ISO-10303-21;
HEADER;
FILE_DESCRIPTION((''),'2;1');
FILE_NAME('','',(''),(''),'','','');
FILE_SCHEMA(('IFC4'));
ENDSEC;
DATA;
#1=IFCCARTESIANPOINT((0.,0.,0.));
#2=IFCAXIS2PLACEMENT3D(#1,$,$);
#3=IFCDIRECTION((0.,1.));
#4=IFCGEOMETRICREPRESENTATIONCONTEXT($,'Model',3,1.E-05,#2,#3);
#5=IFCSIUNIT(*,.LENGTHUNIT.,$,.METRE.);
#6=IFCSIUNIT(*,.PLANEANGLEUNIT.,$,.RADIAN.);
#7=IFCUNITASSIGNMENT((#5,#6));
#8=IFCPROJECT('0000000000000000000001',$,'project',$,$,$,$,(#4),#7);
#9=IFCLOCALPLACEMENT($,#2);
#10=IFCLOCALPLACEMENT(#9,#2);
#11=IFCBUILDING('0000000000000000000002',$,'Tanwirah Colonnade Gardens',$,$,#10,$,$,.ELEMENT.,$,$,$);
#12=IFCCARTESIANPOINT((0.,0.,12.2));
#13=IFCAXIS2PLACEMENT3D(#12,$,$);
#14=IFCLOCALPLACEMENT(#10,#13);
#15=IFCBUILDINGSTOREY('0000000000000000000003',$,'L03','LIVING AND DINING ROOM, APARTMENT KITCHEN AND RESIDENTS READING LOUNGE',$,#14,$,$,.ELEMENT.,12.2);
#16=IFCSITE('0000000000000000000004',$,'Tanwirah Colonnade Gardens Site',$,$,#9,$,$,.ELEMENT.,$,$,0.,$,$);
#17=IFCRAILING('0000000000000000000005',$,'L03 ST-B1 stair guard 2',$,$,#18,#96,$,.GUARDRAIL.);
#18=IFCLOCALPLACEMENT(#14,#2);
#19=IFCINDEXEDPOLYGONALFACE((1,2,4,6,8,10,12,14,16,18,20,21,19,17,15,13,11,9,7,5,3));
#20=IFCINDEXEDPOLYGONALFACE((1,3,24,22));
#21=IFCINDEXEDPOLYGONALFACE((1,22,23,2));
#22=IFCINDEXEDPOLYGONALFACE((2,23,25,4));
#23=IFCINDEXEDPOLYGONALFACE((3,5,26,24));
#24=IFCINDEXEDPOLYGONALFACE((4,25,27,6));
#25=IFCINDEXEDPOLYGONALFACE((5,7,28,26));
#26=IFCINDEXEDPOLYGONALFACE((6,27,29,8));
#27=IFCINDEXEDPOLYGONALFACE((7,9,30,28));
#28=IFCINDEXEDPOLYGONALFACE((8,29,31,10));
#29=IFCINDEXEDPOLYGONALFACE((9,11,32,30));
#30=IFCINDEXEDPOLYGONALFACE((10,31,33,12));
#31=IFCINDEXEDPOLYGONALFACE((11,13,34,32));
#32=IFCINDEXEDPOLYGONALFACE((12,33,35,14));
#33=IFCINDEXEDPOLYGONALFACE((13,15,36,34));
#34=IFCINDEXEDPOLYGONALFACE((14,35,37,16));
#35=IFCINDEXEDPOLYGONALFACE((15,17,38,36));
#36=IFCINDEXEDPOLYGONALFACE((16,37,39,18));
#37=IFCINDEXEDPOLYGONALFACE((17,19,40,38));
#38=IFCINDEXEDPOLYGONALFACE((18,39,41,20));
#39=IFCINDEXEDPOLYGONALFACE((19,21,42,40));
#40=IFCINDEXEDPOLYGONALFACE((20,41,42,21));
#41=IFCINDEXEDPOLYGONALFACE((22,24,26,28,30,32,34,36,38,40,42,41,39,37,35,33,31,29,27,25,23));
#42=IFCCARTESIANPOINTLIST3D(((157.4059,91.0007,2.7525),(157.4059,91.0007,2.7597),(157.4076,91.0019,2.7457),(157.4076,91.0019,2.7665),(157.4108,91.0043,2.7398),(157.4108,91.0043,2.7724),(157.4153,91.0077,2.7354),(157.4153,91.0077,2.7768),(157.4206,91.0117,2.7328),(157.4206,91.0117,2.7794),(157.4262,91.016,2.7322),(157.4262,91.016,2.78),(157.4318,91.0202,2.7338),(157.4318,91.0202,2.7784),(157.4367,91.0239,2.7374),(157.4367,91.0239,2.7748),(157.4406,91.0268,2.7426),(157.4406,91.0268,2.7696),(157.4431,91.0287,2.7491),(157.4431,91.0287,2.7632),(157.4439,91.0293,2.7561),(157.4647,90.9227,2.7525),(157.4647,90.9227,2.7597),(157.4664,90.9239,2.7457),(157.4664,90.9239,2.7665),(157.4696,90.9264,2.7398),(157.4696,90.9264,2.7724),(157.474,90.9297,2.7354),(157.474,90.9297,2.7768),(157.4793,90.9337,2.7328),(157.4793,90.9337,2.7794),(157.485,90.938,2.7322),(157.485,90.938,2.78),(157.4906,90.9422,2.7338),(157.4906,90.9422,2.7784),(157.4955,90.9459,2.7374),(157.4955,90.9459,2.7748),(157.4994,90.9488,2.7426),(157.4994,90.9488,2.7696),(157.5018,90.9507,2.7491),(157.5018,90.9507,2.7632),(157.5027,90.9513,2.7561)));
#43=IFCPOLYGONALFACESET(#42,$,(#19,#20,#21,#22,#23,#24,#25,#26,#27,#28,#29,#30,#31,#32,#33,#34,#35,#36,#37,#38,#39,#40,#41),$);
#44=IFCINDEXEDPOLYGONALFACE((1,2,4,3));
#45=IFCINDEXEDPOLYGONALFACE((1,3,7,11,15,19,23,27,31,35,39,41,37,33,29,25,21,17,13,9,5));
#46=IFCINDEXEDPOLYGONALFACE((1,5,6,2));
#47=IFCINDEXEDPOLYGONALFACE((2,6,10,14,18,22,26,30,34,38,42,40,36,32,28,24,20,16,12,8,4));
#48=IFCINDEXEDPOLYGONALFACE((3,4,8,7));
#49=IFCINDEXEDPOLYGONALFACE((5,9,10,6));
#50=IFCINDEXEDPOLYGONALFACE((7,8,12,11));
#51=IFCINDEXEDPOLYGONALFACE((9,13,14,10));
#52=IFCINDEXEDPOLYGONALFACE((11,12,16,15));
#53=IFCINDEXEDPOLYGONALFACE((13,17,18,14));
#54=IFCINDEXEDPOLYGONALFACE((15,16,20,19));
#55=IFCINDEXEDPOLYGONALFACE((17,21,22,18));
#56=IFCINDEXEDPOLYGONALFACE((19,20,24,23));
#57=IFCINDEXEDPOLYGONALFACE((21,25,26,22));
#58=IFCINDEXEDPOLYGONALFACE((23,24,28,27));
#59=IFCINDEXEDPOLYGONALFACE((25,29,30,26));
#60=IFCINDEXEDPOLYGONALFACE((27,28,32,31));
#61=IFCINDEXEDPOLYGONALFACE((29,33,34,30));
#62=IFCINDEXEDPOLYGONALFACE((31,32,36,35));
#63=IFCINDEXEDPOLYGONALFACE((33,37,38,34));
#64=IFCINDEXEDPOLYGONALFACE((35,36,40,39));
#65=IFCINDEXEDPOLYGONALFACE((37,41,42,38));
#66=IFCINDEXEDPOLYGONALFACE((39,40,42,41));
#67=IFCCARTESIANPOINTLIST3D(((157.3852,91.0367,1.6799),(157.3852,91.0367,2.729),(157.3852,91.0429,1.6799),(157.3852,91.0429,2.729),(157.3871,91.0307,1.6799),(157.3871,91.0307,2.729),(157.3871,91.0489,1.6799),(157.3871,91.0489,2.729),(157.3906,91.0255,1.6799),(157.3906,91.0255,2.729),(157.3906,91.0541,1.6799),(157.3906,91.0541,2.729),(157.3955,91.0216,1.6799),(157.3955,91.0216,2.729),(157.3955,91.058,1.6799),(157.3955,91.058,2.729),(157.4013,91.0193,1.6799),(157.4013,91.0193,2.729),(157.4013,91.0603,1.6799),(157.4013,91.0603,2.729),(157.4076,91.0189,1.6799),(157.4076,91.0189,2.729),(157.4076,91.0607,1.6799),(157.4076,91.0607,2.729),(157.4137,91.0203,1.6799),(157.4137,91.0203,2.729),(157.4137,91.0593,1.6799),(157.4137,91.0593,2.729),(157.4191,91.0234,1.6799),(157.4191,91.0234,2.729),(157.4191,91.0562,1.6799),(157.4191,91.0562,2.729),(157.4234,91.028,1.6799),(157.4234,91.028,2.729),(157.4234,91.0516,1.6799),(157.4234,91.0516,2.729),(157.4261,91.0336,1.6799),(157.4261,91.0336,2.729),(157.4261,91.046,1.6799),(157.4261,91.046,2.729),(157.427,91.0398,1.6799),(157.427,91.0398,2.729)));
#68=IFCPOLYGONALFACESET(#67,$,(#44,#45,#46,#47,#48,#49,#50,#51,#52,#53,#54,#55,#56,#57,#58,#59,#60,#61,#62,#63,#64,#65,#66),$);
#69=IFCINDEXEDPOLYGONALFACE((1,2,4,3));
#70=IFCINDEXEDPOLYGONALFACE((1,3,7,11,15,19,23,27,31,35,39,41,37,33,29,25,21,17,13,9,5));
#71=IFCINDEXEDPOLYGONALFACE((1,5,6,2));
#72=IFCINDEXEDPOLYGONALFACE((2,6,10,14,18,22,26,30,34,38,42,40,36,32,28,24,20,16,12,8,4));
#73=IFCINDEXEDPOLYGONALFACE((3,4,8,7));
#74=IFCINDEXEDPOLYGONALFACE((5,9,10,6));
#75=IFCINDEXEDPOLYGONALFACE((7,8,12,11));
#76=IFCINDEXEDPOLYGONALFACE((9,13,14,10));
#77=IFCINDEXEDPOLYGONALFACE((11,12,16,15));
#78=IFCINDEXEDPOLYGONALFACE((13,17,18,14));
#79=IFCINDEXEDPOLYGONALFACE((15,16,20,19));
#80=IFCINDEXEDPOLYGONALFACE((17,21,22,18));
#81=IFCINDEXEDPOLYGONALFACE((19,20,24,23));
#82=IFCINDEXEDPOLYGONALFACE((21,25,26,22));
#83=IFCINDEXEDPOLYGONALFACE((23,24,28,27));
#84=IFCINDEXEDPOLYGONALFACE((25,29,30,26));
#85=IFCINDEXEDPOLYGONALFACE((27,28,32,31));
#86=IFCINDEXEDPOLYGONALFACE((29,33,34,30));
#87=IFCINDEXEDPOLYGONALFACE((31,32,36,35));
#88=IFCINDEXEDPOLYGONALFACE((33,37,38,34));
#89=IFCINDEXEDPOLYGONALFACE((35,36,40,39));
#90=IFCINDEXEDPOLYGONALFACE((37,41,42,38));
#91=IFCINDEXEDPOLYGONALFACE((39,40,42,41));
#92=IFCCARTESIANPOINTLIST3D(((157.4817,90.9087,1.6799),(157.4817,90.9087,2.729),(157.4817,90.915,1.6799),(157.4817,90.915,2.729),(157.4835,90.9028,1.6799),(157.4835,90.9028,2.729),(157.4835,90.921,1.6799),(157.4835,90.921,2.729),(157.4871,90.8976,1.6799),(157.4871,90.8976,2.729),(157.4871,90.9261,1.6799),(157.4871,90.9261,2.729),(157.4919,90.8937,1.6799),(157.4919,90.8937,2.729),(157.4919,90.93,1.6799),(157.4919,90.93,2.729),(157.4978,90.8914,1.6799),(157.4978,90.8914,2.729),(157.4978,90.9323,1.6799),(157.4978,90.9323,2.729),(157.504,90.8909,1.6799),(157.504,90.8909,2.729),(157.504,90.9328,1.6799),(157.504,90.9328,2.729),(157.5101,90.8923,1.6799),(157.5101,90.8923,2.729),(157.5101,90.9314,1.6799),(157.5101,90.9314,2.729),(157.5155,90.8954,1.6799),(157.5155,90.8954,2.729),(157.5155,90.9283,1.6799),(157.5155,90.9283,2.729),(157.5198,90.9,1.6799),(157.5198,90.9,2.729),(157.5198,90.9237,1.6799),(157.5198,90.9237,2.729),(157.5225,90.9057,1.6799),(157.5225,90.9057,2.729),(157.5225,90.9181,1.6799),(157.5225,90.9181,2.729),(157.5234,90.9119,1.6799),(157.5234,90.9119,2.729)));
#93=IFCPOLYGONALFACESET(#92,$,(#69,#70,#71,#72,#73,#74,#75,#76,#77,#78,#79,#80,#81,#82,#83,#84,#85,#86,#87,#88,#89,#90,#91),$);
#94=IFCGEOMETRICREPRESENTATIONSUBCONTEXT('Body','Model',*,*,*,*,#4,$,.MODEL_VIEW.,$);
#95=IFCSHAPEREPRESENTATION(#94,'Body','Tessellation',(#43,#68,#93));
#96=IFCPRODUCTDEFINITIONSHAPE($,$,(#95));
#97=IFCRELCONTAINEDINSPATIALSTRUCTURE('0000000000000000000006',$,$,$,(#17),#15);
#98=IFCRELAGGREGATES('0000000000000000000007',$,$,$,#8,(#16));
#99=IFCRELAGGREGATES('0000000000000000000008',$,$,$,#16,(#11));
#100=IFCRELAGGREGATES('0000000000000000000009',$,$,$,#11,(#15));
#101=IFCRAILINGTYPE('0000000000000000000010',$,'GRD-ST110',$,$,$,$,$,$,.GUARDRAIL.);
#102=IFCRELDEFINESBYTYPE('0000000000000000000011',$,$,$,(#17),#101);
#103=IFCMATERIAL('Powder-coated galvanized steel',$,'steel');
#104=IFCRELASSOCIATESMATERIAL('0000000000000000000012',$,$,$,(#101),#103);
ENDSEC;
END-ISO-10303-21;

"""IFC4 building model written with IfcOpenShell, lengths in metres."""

from ifc_helpers import new_model, si_unit, direction, frame, origin, origin_2d, place, context, subcontext, project, spatial, circle, extrude, material, type_object, element, save


model = new_model("IFC4")

# Units and contexts
model_context = context("Model", 3, precision=1e-05, world=origin(), true_north=direction((0.0, 1.0)))
body_context = subcontext(model_context, "Body", "Model", "MODEL_VIEW")
ifc_project = project(units=[si_unit("LENGTHUNIT", "METRE"), si_unit("PLANEANGLEUNIT", "RADIAN")], contexts=[model_context])

# Site, building, storey
site_placement = place(None, origin())
site = spatial("IfcSite", under=ifc_project, at=site_placement, Name="Tanwirah Colonnade Gardens Site", CompositionType="ELEMENT", RefElevation=0.0)
building_placement = place(site_placement, origin())
building = spatial("IfcBuilding", under=site, at=building_placement, Name="Tanwirah Colonnade Gardens", CompositionType="ELEMENT")
storey_placement = place(building_placement, frame((0.0, 0.0, 12.2)))
storey = spatial("IfcBuildingStorey", under=building, at=storey_placement, Name="L03", Description="LIVING AND DINING ROOM, APARTMENT KITCHEN AND RESIDENTS READING LOUNGE", CompositionType="ELEMENT", Elevation=12.2)

# Railing
ifc_material_1 = material(Name="Powder-coated galvanized steel", Category="steel")
railing_type_1 = type_object("IfcRailingType", Name="GRD-ST110", PredefinedType="GUARDRAIL", material=ifc_material_1)
railing_1_placement = place(storey_placement, frame((157.406, 91.0398, 1.6799)))
element("IfcRailing", 1, at=railing_1_placement, inside=storey, type_object=railing_type_1, Name="L03 ST-B1 stair guard 2", PredefinedType="GUARDRAIL", context=body_context, shape_type="SweptSolid", body=[
    extrude(circle(Radius=0.0239, at=origin_2d()), frame((0.0188, -0.0249, 1.0762), z_axis=(0.601949, -0.798535, 0.0), x_axis=(0.798535, 0.601949, 0.0)), (0.0, 0.0, 1.0), 0.0977),
    extrude(circle(Radius=0.021, at=origin_2d()), origin(), (0.0, 0.0, 1.0), 1.0491),
    extrude(circle(Radius=0.021, at=origin_2d()), frame((0.0964, -0.1279, 0.0)), (0.0, 0.0, 1.0), 1.0491),
])

save(model, "model.ifc")
